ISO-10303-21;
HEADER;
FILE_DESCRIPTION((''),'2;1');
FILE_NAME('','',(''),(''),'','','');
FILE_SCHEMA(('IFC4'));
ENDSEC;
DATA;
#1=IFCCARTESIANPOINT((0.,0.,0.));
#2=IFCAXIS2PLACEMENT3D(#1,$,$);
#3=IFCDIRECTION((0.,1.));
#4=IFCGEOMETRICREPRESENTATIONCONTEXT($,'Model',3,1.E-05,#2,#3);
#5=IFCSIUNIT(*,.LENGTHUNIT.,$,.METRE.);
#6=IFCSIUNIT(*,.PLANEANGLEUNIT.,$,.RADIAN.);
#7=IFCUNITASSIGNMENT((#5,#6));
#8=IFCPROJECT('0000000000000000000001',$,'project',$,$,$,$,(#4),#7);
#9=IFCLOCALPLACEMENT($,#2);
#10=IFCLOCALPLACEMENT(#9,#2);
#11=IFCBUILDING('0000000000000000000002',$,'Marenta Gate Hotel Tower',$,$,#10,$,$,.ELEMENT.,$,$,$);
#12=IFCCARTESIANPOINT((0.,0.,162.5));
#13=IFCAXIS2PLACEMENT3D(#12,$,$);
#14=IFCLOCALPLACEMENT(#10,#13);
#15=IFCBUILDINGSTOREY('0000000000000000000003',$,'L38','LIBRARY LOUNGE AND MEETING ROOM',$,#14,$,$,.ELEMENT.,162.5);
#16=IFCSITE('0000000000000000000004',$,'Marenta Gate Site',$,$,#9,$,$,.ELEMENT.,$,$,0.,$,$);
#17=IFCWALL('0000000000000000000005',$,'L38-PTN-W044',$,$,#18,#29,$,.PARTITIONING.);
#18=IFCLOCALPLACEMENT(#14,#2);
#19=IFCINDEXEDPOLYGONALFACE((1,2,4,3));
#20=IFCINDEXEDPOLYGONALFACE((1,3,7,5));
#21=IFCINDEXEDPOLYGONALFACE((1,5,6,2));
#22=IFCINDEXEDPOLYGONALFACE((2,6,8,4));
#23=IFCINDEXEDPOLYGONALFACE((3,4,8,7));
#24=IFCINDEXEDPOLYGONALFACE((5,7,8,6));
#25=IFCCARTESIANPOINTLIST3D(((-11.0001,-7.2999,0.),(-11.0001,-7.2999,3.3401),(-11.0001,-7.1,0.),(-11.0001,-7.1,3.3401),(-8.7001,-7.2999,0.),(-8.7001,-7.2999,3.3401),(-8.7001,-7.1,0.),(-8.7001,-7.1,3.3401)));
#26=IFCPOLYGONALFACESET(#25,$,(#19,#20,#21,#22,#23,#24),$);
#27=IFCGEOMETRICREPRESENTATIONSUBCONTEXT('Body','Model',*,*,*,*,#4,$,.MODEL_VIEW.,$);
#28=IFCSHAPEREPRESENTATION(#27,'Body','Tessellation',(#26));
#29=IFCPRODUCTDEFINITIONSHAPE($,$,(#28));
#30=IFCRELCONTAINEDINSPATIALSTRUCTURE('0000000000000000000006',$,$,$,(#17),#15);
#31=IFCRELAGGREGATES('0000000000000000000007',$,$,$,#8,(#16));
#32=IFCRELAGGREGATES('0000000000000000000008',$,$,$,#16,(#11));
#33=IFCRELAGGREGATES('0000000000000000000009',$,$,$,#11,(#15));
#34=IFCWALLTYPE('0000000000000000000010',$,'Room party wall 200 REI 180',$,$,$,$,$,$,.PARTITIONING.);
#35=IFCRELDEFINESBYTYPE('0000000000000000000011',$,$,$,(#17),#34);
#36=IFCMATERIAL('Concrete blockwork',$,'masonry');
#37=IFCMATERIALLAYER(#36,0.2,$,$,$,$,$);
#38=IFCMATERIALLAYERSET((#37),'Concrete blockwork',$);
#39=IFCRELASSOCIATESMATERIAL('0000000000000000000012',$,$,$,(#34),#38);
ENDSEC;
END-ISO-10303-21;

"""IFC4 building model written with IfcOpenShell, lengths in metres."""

from ifc_helpers import new_model, si_unit, direction, frame, frame_2d, origin, place, context, subcontext, project, spatial, rectangle, extrude, material, layer, layer_set, type_object, element, save


model = new_model("IFC4")

# Units and contexts
model_context = context("Model", 3, precision=1e-05, world=origin(), true_north=direction((0.0, 1.0)))
body_context = subcontext(model_context, "Body", "Model", "MODEL_VIEW")
ifc_project = project(units=[si_unit("LENGTHUNIT", "METRE"), si_unit("PLANEANGLEUNIT", "RADIAN")], contexts=[model_context])

# Site, building, storey
site_placement = place(None, origin())
site = spatial("IfcSite", under=ifc_project, at=site_placement, Name="Marenta Gate Site", CompositionType="ELEMENT", RefElevation=0.0)
building_placement = place(site_placement, origin())
building = spatial("IfcBuilding", under=site, at=building_placement, Name="Marenta Gate Hotel Tower", CompositionType="ELEMENT")
storey_placement = place(building_placement, frame((0.0, 0.0, 162.5)))
storey = spatial("IfcBuildingStorey", under=building, at=storey_placement, Name="L38", Description="LIBRARY LOUNGE AND MEETING ROOM", CompositionType="ELEMENT", Elevation=162.5)

# Wall
ifc_material_1 = material(Name="Concrete blockwork", Category="masonry")
ifc_layer_1 = layer(ifc_material_1, 0.2)
ifc_layer_set_1 = layer_set([ifc_layer_1], Name="Concrete blockwork")
wall_type_1 = type_object("IfcWallType", Name="Room party wall 200 REI 180", PredefinedType="PARTITIONING", material=ifc_layer_set_1)
wall_1_placement = place(storey_placement, frame((-11.0, -7.2, 0.0), z_axis=(0.0, 0.0, 1.0), x_axis=(1.0, 0.0, 0.0)))
element("IfcWall", 1, at=wall_1_placement, inside=storey, type_object=wall_type_1, Name="L38-PTN-W044", PredefinedType="PARTITIONING", context=body_context, shape_type="SweptSolid", body=[
    extrude(rectangle(XDim=2.3, YDim=0.2, at=frame_2d((1.1499, 0.0))), origin(), (0.0, 0.0, 1.0), 3.3401),
])

save(model, "model.ifc")
